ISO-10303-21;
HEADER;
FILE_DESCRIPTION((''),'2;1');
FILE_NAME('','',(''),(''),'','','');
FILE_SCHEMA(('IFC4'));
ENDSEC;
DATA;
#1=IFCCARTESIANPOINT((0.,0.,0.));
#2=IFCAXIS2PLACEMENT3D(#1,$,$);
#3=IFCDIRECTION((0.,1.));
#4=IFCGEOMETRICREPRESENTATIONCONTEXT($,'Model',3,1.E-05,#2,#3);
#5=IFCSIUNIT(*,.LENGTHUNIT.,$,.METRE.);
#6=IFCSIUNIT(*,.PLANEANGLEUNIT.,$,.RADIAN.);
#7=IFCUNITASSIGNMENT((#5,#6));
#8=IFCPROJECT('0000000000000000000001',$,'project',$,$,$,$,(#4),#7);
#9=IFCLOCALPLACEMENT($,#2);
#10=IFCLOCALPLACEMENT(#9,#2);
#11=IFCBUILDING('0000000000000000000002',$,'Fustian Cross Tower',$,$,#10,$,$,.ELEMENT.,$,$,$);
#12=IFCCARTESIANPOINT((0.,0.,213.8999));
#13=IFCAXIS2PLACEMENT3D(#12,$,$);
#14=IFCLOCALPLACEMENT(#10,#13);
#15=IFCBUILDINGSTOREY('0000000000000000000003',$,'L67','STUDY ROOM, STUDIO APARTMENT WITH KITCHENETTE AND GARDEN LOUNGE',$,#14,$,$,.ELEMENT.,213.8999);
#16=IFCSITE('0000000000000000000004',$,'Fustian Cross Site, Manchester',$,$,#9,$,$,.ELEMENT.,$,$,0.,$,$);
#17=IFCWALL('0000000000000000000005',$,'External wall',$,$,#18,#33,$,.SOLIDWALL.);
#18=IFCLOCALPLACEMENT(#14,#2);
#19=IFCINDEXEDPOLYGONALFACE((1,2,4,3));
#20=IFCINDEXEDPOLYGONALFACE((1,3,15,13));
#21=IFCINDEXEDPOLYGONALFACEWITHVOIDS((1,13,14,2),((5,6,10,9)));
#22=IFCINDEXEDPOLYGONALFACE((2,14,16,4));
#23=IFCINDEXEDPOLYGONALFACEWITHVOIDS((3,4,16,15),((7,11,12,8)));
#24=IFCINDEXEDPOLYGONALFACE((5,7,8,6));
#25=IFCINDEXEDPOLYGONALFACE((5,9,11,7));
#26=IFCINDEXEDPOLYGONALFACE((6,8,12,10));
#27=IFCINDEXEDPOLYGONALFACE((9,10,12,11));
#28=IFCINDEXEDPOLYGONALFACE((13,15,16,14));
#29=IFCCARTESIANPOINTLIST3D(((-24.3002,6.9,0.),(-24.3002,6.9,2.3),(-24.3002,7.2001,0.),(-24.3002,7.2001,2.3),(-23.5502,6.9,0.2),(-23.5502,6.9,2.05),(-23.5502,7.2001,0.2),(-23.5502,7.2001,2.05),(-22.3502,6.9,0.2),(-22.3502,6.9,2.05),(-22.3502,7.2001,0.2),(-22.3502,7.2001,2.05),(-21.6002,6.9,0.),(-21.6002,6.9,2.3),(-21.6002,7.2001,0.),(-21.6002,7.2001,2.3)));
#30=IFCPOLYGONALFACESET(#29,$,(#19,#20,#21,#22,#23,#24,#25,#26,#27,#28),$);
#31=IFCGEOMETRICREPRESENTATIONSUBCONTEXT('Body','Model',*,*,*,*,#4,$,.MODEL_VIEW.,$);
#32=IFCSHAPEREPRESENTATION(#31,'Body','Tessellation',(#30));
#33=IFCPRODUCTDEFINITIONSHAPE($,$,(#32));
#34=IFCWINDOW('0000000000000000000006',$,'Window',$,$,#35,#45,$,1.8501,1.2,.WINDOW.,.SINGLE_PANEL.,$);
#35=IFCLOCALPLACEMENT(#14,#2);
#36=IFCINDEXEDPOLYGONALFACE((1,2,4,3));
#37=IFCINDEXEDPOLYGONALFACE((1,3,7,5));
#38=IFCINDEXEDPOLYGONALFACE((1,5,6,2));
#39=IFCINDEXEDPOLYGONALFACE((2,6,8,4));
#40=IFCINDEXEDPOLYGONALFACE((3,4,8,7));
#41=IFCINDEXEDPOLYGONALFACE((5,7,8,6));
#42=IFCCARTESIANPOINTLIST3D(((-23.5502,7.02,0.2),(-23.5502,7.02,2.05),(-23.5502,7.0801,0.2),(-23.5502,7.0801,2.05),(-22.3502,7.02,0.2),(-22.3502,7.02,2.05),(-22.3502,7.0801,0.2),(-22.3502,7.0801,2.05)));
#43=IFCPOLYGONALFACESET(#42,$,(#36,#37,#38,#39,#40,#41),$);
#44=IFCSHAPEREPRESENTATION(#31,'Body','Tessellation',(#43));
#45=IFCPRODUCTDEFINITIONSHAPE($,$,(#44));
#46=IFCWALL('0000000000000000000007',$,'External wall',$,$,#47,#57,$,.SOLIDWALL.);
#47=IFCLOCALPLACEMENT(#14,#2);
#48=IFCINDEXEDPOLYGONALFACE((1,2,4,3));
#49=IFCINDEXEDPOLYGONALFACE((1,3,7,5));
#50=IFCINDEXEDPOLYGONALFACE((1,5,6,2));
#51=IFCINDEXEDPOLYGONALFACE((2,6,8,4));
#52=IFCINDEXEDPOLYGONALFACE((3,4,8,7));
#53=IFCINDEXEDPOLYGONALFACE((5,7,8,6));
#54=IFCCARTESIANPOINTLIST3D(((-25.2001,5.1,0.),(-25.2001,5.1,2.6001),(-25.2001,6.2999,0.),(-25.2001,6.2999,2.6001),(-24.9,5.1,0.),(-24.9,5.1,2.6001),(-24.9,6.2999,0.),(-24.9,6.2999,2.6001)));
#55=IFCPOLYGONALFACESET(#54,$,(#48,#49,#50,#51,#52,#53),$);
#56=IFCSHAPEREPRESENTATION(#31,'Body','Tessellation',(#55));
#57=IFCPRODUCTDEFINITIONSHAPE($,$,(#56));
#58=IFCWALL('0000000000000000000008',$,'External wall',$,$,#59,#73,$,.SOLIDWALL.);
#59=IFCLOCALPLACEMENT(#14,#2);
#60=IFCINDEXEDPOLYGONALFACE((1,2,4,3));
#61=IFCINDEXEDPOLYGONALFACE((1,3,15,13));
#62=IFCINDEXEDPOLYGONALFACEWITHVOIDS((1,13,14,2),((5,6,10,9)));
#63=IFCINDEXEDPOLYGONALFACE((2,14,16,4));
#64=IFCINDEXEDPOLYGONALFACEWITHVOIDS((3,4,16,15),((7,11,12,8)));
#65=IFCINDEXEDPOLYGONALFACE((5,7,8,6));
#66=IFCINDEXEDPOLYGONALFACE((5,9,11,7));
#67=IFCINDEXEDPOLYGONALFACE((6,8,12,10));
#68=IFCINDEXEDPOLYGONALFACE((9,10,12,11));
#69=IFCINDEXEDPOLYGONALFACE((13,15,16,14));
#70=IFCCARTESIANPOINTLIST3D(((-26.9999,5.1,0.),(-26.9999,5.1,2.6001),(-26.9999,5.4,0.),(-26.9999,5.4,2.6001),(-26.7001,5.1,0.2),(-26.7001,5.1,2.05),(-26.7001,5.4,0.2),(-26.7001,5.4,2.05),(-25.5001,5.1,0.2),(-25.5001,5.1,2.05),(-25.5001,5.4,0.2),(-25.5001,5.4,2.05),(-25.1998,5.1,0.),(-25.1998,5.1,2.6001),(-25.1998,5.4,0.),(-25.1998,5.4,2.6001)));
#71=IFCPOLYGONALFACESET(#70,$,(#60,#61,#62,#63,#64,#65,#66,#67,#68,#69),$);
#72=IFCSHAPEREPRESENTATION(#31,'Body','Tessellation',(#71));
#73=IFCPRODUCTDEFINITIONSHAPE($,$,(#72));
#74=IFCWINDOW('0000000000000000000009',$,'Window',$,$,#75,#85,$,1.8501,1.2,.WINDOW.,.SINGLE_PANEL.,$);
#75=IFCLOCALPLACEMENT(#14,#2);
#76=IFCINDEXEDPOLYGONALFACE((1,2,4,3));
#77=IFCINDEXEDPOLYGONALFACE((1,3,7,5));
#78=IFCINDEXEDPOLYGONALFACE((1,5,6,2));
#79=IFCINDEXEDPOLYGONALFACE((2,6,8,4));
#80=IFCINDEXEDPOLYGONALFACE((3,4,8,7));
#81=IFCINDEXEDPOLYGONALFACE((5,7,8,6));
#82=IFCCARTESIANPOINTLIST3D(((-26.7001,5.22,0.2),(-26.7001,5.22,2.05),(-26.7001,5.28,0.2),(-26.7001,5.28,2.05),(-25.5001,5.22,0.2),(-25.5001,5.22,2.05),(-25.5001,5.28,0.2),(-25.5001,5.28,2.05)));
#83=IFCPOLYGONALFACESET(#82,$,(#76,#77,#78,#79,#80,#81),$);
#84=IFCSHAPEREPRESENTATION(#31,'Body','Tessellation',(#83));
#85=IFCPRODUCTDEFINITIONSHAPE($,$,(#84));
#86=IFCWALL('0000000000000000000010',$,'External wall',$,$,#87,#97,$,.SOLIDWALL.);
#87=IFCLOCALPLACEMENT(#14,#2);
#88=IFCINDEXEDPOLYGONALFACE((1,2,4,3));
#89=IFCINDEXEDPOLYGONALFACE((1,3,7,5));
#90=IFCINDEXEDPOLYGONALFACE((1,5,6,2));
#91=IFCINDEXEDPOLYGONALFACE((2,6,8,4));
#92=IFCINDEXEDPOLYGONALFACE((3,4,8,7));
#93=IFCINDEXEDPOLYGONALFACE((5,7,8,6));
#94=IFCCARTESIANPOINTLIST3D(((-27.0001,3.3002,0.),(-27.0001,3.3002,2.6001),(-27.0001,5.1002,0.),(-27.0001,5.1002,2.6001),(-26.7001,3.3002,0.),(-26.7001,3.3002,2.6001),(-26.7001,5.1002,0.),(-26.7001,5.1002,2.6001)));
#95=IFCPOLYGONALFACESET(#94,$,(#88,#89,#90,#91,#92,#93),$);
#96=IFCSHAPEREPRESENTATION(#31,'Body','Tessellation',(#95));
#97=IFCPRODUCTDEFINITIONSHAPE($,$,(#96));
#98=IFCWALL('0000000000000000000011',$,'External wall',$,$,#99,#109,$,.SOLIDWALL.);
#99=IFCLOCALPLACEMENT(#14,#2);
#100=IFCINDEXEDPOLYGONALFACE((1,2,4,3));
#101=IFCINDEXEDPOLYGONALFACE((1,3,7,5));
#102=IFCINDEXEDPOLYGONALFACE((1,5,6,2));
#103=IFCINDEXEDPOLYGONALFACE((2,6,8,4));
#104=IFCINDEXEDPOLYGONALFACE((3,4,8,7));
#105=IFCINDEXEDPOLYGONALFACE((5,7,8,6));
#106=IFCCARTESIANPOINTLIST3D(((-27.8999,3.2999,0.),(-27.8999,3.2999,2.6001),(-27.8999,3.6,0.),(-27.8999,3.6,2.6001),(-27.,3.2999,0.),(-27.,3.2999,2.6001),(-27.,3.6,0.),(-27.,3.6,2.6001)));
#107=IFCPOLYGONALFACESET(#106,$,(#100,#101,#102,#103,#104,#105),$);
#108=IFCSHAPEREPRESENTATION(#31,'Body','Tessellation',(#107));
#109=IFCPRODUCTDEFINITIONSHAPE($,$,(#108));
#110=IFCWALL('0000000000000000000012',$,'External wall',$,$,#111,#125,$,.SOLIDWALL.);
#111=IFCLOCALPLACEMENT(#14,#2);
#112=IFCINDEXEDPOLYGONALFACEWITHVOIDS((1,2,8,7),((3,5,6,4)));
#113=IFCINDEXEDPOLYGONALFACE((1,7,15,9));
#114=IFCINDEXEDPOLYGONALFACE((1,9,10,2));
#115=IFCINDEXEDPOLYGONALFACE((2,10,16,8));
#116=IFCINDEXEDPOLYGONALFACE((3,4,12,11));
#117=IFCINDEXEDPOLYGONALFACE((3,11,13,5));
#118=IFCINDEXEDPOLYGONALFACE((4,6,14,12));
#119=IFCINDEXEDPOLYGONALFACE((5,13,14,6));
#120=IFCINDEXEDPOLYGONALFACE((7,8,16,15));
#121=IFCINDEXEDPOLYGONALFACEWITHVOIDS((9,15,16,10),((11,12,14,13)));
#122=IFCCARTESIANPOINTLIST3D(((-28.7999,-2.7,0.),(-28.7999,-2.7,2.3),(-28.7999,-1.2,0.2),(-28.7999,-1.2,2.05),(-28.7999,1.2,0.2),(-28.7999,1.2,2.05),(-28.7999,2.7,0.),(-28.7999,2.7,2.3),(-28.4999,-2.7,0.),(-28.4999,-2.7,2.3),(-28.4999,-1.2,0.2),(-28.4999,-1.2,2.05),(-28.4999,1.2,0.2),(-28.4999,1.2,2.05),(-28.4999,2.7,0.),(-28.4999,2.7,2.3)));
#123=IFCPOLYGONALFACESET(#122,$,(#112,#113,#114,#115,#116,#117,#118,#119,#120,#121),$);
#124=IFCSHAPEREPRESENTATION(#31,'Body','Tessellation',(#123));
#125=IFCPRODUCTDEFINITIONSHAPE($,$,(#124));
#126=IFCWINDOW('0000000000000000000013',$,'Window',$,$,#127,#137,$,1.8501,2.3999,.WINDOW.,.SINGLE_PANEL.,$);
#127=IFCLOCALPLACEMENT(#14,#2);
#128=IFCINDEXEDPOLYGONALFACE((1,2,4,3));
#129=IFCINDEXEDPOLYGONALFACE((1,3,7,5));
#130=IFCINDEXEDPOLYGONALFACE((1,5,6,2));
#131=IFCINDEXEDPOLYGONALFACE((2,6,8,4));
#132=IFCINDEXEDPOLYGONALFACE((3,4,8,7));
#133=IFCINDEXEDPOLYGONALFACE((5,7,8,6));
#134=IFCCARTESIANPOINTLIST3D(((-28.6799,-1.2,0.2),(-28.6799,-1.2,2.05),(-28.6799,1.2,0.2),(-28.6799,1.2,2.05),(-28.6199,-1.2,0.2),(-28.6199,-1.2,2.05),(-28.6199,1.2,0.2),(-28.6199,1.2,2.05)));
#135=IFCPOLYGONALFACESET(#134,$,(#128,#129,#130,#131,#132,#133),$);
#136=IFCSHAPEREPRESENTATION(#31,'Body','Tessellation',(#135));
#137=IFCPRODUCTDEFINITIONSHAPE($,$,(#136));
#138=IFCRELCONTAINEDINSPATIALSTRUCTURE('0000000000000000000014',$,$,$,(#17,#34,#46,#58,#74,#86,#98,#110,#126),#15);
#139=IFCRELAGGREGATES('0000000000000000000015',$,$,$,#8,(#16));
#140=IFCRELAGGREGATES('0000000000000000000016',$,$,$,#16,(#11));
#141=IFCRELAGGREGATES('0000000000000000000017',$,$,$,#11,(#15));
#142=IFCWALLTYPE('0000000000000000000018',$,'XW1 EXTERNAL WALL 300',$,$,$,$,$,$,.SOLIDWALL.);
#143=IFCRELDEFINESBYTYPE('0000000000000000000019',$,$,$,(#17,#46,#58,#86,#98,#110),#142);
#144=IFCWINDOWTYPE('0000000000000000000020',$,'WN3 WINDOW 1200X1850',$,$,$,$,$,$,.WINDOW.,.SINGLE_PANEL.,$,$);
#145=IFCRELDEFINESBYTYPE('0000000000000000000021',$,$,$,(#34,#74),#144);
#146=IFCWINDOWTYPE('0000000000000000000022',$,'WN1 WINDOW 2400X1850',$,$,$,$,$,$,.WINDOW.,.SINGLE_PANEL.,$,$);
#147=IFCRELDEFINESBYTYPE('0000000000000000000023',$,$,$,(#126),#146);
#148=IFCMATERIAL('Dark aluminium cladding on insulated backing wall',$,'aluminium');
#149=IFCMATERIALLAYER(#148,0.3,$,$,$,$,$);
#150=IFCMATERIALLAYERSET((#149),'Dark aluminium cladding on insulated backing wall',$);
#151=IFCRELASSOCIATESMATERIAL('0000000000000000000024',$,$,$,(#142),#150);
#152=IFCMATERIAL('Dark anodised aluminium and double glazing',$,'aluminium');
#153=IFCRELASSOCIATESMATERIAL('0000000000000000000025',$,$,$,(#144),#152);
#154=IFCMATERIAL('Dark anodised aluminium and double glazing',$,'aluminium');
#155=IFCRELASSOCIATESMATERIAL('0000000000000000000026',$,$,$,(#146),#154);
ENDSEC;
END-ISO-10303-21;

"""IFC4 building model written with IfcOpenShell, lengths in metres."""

from ifc_helpers import new_model, si_unit, direction, frame, frame_2d, origin, place, context, subcontext, project, spatial, rectangle, extrude, material, layer, layer_set, type_object, element, fill, save


model = new_model("IFC4")

# Units and contexts
model_context = context("Model", 3, precision=1e-05, world=origin(), true_north=direction((0.0, 1.0)))
body_context = subcontext(model_context, "Body", "Model", "MODEL_VIEW")
ifc_project = project(units=[si_unit("LENGTHUNIT", "METRE"), si_unit("PLANEANGLEUNIT", "RADIAN")], contexts=[model_context])

# Site, building, storey
site_placement = place(None, origin())
site = spatial("IfcSite", under=ifc_project, at=site_placement, Name="Fustian Cross Site, Manchester", CompositionType="ELEMENT", RefElevation=0.0)
building_placement = place(site_placement, origin())
building = spatial("IfcBuilding", under=site, at=building_placement, Name="Fustian Cross Tower", CompositionType="ELEMENT")
storey_placement = place(building_placement, frame((0.0, 0.0, 213.8999)))
storey = spatial("IfcBuildingStorey", under=building, at=storey_placement, Name="L67", Description="STUDY ROOM, STUDIO APARTMENT WITH KITCHENETTE AND GARDEN LOUNGE", CompositionType="ELEMENT", Elevation=213.8999)

# Wall, opening, window
ifc_material_1 = material(Name="Dark aluminium cladding on insulated backing wall", Category="aluminium")
ifc_layer_1 = layer(ifc_material_1, 0.3)
ifc_layer_set_1 = layer_set([ifc_layer_1], Name="Dark aluminium cladding on insulated backing wall")
wall_type_1 = type_object("IfcWallType", Name="XW1 EXTERNAL WALL 300", PredefinedType="SOLIDWALL", material=ifc_layer_set_1)
wall_1_placement = place(storey_placement, frame((-21.6001, 7.05, 0.0), z_axis=(0.0, 0.0, 1.0), x_axis=(-1.0, 0.0, 0.0)))
wall_1 = element("IfcWall", 1, at=wall_1_placement, inside=storey, type_object=wall_type_1, Name="External wall", PredefinedType="SOLIDWALL", context=body_context, shape_type="SweptSolid", body=[
    extrude(rectangle(XDim=2.7, YDim=0.3, at=frame_2d((1.3501, 0.0))), origin(), (0.0, 0.0, 1.0), 2.3),
])
opening_1_placement = place(wall_1_placement, frame((0.75, 0.0, 0.2)))
opening_1 = element("IfcOpeningElement", 2, at=opening_1_placement, cuts=wall_1, PredefinedType="OPENING", context=body_context, shape_type="SweptSolid", body=[
    extrude(rectangle(XDim=1.2, YDim=1.8501, at=frame_2d((0.6001, 0.925))), frame((0.0, 0.1599, 0.0), z_axis=(0.0, -1.0, 0.0), x_axis=(1.0, 0.0, 0.0)), (0.0, 0.0, 1.0), 0.3201),
])
ifc_material_2 = material(Name="Dark anodised aluminium and double glazing", Category="aluminium")
window_type_1 = type_object("IfcWindowType", Name="WN3 WINDOW 1200X1850", PartitioningType="SINGLE_PANEL", PredefinedType="WINDOW", material=ifc_material_2)
window_1_placement = place(opening_1_placement, origin())
window_1 = element("IfcWindow", 3, at=window_1_placement, inside=storey, type_object=window_type_1, Name="Window", OverallHeight=1.8501, OverallWidth=1.2, PartitioningType="SINGLE_PANEL", PredefinedType="WINDOW", context=body_context, shape_type="SweptSolid", body=[
    extrude(rectangle(XDim=1.2, YDim=1.8501, at=frame_2d((0.6001, 0.925))), frame((0.0, 0.03, 0.0), z_axis=(0.0, -1.0, 0.0), x_axis=(1.0, 0.0, 0.0)), (0.0, 0.0, 1.0), 0.0601),
])
fill(opening_1, window_1)

# Wall
wall_2_placement = place(storey_placement, frame((-25.05, 6.3, 0.0), z_axis=(0.0, 0.0, 1.0), x_axis=(0.0, -1.0, 0.0)))
element("IfcWall", 4, at=wall_2_placement, inside=storey, type_object=wall_type_1, Name="External wall", PredefinedType="SOLIDWALL", context=body_context, shape_type="SweptSolid", body=[
    extrude(rectangle(XDim=1.2, YDim=0.3, at=frame_2d((0.6001, 0.0))), origin(), (0.0, 0.0, 1.0), 2.6001),
])

# Wall, opening, window
wall_3_placement = place(storey_placement, frame((-25.2, 5.25, 0.0), z_axis=(0.0, 0.0, 1.0), x_axis=(-1.0, 0.0, 0.0)))
wall_3 = element("IfcWall", 5, at=wall_3_placement, inside=storey, type_object=wall_type_1, Name="External wall", PredefinedType="SOLIDWALL", context=body_context, shape_type="SweptSolid", body=[
    extrude(rectangle(XDim=1.8, YDim=0.3, at=frame_2d((0.8999, 0.0))), origin(), (0.0, 0.0, 1.0), 2.6001),
])
opening_2_placement = place(wall_3_placement, frame((0.3, 0.0, 0.2)))
opening_2 = element("IfcOpeningElement", 6, at=opening_2_placement, cuts=wall_3, PredefinedType="OPENING", context=body_context, shape_type="SweptSolid", body=[
    extrude(rectangle(XDim=1.2, YDim=1.8501, at=frame_2d((0.6001, 0.925))), frame((0.0, 0.1599, 0.0), z_axis=(0.0, -1.0, 0.0), x_axis=(1.0, 0.0, 0.0)), (0.0, 0.0, 1.0), 0.3201),
])
window_2_placement = place(opening_2_placement, origin())
window_2 = element("IfcWindow", 7, at=window_2_placement, inside=storey, type_object=window_type_1, Name="Window", OverallHeight=1.8501, OverallWidth=1.2, PartitioningType="SINGLE_PANEL", PredefinedType="WINDOW", context=body_context, shape_type="SweptSolid", body=[
    extrude(rectangle(XDim=1.2, YDim=1.8501, at=frame_2d((0.6001, 0.925))), frame((0.0, 0.03, 0.0), z_axis=(0.0, -1.0, 0.0), x_axis=(1.0, 0.0, 0.0)), (0.0, 0.0, 1.0), 0.0601),
])
fill(opening_2, window_2)

# Walls
wall_4_placement = place(storey_placement, frame((-26.8501, 5.1001, 0.0), z_axis=(0.0, 0.0, 1.0), x_axis=(0.0, -1.0, 0.0)))
element("IfcWall", 8, at=wall_4_placement, inside=storey, type_object=wall_type_1, Name="External wall", PredefinedType="SOLIDWALL", context=body_context, shape_type="SweptSolid", body=[
    extrude(rectangle(XDim=1.8, YDim=0.3, at=frame_2d((0.8999, 0.0))), origin(), (0.0, 0.0, 1.0), 2.6001),
])
wall_5_placement = place(storey_placement, frame((-27.0, 3.45, 0.0), z_axis=(0.0, 0.0, 1.0), x_axis=(-1.0, 0.0, 0.0)))
element("IfcWall", 9, at=wall_5_placement, inside=storey, type_object=wall_type_1, Name="External wall", PredefinedType="SOLIDWALL", context=body_context, shape_type="SweptSolid", body=[
    extrude(rectangle(XDim=0.8999, YDim=0.3, at=frame_2d((0.45, 0.0))), origin(), (0.0, 0.0, 1.0), 2.6001),
])

# Wall, opening, window
wall_6_placement = place(storey_placement, frame((-28.6499, 2.7, 0.0), z_axis=(0.0, 0.0, 1.0), x_axis=(0.0, -1.0, 0.0)))
wall_6 = element("IfcWall", 10, at=wall_6_placement, inside=storey, type_object=wall_type_1, Name="External wall", PredefinedType="SOLIDWALL", context=body_context, shape_type="SweptSolid", body=[
    extrude(rectangle(XDim=5.3999, YDim=0.3, at=frame_2d((2.7, 0.0))), origin(), (0.0, 0.0, 1.0), 2.3),
])
opening_3_placement = place(wall_6_placement, frame((1.5, 0.0, 0.2)))
opening_3 = element("IfcOpeningElement", 11, at=opening_3_placement, cuts=wall_6, PredefinedType="OPENING", context=body_context, shape_type="SweptSolid", body=[
    extrude(rectangle(XDim=2.3999, YDim=1.8501, at=frame_2d((1.2, 0.925))), frame((0.0, 0.1599, 0.0), z_axis=(0.0, -1.0, 0.0), x_axis=(1.0, 0.0, 0.0)), (0.0, 0.0, 1.0), 0.3201),
])
ifc_material_3 = material(Name="Dark anodised aluminium and double glazing", Category="aluminium")
window_type_2 = type_object("IfcWindowType", Name="WN1 WINDOW 2400X1850", PartitioningType="SINGLE_PANEL", PredefinedType="WINDOW", material=ifc_material_3)
window_3_placement = place(opening_3_placement, origin())
window_3 = element("IfcWindow", 12, at=window_3_placement, inside=storey, type_object=window_type_2, Name="Window", OverallHeight=1.8501, OverallWidth=2.3999, PartitioningType="SINGLE_PANEL", PredefinedType="WINDOW", context=body_context, shape_type="SweptSolid", body=[
    extrude(rectangle(XDim=2.3999, YDim=1.8501, at=frame_2d((1.2, 0.925))), frame((0.0, 0.03, 0.0), z_axis=(0.0, -1.0, 0.0), x_axis=(1.0, 0.0, 0.0)), (0.0, 0.0, 1.0), 0.0601),
])
fill(opening_3, window_3)

save(model, "model.ifc")
